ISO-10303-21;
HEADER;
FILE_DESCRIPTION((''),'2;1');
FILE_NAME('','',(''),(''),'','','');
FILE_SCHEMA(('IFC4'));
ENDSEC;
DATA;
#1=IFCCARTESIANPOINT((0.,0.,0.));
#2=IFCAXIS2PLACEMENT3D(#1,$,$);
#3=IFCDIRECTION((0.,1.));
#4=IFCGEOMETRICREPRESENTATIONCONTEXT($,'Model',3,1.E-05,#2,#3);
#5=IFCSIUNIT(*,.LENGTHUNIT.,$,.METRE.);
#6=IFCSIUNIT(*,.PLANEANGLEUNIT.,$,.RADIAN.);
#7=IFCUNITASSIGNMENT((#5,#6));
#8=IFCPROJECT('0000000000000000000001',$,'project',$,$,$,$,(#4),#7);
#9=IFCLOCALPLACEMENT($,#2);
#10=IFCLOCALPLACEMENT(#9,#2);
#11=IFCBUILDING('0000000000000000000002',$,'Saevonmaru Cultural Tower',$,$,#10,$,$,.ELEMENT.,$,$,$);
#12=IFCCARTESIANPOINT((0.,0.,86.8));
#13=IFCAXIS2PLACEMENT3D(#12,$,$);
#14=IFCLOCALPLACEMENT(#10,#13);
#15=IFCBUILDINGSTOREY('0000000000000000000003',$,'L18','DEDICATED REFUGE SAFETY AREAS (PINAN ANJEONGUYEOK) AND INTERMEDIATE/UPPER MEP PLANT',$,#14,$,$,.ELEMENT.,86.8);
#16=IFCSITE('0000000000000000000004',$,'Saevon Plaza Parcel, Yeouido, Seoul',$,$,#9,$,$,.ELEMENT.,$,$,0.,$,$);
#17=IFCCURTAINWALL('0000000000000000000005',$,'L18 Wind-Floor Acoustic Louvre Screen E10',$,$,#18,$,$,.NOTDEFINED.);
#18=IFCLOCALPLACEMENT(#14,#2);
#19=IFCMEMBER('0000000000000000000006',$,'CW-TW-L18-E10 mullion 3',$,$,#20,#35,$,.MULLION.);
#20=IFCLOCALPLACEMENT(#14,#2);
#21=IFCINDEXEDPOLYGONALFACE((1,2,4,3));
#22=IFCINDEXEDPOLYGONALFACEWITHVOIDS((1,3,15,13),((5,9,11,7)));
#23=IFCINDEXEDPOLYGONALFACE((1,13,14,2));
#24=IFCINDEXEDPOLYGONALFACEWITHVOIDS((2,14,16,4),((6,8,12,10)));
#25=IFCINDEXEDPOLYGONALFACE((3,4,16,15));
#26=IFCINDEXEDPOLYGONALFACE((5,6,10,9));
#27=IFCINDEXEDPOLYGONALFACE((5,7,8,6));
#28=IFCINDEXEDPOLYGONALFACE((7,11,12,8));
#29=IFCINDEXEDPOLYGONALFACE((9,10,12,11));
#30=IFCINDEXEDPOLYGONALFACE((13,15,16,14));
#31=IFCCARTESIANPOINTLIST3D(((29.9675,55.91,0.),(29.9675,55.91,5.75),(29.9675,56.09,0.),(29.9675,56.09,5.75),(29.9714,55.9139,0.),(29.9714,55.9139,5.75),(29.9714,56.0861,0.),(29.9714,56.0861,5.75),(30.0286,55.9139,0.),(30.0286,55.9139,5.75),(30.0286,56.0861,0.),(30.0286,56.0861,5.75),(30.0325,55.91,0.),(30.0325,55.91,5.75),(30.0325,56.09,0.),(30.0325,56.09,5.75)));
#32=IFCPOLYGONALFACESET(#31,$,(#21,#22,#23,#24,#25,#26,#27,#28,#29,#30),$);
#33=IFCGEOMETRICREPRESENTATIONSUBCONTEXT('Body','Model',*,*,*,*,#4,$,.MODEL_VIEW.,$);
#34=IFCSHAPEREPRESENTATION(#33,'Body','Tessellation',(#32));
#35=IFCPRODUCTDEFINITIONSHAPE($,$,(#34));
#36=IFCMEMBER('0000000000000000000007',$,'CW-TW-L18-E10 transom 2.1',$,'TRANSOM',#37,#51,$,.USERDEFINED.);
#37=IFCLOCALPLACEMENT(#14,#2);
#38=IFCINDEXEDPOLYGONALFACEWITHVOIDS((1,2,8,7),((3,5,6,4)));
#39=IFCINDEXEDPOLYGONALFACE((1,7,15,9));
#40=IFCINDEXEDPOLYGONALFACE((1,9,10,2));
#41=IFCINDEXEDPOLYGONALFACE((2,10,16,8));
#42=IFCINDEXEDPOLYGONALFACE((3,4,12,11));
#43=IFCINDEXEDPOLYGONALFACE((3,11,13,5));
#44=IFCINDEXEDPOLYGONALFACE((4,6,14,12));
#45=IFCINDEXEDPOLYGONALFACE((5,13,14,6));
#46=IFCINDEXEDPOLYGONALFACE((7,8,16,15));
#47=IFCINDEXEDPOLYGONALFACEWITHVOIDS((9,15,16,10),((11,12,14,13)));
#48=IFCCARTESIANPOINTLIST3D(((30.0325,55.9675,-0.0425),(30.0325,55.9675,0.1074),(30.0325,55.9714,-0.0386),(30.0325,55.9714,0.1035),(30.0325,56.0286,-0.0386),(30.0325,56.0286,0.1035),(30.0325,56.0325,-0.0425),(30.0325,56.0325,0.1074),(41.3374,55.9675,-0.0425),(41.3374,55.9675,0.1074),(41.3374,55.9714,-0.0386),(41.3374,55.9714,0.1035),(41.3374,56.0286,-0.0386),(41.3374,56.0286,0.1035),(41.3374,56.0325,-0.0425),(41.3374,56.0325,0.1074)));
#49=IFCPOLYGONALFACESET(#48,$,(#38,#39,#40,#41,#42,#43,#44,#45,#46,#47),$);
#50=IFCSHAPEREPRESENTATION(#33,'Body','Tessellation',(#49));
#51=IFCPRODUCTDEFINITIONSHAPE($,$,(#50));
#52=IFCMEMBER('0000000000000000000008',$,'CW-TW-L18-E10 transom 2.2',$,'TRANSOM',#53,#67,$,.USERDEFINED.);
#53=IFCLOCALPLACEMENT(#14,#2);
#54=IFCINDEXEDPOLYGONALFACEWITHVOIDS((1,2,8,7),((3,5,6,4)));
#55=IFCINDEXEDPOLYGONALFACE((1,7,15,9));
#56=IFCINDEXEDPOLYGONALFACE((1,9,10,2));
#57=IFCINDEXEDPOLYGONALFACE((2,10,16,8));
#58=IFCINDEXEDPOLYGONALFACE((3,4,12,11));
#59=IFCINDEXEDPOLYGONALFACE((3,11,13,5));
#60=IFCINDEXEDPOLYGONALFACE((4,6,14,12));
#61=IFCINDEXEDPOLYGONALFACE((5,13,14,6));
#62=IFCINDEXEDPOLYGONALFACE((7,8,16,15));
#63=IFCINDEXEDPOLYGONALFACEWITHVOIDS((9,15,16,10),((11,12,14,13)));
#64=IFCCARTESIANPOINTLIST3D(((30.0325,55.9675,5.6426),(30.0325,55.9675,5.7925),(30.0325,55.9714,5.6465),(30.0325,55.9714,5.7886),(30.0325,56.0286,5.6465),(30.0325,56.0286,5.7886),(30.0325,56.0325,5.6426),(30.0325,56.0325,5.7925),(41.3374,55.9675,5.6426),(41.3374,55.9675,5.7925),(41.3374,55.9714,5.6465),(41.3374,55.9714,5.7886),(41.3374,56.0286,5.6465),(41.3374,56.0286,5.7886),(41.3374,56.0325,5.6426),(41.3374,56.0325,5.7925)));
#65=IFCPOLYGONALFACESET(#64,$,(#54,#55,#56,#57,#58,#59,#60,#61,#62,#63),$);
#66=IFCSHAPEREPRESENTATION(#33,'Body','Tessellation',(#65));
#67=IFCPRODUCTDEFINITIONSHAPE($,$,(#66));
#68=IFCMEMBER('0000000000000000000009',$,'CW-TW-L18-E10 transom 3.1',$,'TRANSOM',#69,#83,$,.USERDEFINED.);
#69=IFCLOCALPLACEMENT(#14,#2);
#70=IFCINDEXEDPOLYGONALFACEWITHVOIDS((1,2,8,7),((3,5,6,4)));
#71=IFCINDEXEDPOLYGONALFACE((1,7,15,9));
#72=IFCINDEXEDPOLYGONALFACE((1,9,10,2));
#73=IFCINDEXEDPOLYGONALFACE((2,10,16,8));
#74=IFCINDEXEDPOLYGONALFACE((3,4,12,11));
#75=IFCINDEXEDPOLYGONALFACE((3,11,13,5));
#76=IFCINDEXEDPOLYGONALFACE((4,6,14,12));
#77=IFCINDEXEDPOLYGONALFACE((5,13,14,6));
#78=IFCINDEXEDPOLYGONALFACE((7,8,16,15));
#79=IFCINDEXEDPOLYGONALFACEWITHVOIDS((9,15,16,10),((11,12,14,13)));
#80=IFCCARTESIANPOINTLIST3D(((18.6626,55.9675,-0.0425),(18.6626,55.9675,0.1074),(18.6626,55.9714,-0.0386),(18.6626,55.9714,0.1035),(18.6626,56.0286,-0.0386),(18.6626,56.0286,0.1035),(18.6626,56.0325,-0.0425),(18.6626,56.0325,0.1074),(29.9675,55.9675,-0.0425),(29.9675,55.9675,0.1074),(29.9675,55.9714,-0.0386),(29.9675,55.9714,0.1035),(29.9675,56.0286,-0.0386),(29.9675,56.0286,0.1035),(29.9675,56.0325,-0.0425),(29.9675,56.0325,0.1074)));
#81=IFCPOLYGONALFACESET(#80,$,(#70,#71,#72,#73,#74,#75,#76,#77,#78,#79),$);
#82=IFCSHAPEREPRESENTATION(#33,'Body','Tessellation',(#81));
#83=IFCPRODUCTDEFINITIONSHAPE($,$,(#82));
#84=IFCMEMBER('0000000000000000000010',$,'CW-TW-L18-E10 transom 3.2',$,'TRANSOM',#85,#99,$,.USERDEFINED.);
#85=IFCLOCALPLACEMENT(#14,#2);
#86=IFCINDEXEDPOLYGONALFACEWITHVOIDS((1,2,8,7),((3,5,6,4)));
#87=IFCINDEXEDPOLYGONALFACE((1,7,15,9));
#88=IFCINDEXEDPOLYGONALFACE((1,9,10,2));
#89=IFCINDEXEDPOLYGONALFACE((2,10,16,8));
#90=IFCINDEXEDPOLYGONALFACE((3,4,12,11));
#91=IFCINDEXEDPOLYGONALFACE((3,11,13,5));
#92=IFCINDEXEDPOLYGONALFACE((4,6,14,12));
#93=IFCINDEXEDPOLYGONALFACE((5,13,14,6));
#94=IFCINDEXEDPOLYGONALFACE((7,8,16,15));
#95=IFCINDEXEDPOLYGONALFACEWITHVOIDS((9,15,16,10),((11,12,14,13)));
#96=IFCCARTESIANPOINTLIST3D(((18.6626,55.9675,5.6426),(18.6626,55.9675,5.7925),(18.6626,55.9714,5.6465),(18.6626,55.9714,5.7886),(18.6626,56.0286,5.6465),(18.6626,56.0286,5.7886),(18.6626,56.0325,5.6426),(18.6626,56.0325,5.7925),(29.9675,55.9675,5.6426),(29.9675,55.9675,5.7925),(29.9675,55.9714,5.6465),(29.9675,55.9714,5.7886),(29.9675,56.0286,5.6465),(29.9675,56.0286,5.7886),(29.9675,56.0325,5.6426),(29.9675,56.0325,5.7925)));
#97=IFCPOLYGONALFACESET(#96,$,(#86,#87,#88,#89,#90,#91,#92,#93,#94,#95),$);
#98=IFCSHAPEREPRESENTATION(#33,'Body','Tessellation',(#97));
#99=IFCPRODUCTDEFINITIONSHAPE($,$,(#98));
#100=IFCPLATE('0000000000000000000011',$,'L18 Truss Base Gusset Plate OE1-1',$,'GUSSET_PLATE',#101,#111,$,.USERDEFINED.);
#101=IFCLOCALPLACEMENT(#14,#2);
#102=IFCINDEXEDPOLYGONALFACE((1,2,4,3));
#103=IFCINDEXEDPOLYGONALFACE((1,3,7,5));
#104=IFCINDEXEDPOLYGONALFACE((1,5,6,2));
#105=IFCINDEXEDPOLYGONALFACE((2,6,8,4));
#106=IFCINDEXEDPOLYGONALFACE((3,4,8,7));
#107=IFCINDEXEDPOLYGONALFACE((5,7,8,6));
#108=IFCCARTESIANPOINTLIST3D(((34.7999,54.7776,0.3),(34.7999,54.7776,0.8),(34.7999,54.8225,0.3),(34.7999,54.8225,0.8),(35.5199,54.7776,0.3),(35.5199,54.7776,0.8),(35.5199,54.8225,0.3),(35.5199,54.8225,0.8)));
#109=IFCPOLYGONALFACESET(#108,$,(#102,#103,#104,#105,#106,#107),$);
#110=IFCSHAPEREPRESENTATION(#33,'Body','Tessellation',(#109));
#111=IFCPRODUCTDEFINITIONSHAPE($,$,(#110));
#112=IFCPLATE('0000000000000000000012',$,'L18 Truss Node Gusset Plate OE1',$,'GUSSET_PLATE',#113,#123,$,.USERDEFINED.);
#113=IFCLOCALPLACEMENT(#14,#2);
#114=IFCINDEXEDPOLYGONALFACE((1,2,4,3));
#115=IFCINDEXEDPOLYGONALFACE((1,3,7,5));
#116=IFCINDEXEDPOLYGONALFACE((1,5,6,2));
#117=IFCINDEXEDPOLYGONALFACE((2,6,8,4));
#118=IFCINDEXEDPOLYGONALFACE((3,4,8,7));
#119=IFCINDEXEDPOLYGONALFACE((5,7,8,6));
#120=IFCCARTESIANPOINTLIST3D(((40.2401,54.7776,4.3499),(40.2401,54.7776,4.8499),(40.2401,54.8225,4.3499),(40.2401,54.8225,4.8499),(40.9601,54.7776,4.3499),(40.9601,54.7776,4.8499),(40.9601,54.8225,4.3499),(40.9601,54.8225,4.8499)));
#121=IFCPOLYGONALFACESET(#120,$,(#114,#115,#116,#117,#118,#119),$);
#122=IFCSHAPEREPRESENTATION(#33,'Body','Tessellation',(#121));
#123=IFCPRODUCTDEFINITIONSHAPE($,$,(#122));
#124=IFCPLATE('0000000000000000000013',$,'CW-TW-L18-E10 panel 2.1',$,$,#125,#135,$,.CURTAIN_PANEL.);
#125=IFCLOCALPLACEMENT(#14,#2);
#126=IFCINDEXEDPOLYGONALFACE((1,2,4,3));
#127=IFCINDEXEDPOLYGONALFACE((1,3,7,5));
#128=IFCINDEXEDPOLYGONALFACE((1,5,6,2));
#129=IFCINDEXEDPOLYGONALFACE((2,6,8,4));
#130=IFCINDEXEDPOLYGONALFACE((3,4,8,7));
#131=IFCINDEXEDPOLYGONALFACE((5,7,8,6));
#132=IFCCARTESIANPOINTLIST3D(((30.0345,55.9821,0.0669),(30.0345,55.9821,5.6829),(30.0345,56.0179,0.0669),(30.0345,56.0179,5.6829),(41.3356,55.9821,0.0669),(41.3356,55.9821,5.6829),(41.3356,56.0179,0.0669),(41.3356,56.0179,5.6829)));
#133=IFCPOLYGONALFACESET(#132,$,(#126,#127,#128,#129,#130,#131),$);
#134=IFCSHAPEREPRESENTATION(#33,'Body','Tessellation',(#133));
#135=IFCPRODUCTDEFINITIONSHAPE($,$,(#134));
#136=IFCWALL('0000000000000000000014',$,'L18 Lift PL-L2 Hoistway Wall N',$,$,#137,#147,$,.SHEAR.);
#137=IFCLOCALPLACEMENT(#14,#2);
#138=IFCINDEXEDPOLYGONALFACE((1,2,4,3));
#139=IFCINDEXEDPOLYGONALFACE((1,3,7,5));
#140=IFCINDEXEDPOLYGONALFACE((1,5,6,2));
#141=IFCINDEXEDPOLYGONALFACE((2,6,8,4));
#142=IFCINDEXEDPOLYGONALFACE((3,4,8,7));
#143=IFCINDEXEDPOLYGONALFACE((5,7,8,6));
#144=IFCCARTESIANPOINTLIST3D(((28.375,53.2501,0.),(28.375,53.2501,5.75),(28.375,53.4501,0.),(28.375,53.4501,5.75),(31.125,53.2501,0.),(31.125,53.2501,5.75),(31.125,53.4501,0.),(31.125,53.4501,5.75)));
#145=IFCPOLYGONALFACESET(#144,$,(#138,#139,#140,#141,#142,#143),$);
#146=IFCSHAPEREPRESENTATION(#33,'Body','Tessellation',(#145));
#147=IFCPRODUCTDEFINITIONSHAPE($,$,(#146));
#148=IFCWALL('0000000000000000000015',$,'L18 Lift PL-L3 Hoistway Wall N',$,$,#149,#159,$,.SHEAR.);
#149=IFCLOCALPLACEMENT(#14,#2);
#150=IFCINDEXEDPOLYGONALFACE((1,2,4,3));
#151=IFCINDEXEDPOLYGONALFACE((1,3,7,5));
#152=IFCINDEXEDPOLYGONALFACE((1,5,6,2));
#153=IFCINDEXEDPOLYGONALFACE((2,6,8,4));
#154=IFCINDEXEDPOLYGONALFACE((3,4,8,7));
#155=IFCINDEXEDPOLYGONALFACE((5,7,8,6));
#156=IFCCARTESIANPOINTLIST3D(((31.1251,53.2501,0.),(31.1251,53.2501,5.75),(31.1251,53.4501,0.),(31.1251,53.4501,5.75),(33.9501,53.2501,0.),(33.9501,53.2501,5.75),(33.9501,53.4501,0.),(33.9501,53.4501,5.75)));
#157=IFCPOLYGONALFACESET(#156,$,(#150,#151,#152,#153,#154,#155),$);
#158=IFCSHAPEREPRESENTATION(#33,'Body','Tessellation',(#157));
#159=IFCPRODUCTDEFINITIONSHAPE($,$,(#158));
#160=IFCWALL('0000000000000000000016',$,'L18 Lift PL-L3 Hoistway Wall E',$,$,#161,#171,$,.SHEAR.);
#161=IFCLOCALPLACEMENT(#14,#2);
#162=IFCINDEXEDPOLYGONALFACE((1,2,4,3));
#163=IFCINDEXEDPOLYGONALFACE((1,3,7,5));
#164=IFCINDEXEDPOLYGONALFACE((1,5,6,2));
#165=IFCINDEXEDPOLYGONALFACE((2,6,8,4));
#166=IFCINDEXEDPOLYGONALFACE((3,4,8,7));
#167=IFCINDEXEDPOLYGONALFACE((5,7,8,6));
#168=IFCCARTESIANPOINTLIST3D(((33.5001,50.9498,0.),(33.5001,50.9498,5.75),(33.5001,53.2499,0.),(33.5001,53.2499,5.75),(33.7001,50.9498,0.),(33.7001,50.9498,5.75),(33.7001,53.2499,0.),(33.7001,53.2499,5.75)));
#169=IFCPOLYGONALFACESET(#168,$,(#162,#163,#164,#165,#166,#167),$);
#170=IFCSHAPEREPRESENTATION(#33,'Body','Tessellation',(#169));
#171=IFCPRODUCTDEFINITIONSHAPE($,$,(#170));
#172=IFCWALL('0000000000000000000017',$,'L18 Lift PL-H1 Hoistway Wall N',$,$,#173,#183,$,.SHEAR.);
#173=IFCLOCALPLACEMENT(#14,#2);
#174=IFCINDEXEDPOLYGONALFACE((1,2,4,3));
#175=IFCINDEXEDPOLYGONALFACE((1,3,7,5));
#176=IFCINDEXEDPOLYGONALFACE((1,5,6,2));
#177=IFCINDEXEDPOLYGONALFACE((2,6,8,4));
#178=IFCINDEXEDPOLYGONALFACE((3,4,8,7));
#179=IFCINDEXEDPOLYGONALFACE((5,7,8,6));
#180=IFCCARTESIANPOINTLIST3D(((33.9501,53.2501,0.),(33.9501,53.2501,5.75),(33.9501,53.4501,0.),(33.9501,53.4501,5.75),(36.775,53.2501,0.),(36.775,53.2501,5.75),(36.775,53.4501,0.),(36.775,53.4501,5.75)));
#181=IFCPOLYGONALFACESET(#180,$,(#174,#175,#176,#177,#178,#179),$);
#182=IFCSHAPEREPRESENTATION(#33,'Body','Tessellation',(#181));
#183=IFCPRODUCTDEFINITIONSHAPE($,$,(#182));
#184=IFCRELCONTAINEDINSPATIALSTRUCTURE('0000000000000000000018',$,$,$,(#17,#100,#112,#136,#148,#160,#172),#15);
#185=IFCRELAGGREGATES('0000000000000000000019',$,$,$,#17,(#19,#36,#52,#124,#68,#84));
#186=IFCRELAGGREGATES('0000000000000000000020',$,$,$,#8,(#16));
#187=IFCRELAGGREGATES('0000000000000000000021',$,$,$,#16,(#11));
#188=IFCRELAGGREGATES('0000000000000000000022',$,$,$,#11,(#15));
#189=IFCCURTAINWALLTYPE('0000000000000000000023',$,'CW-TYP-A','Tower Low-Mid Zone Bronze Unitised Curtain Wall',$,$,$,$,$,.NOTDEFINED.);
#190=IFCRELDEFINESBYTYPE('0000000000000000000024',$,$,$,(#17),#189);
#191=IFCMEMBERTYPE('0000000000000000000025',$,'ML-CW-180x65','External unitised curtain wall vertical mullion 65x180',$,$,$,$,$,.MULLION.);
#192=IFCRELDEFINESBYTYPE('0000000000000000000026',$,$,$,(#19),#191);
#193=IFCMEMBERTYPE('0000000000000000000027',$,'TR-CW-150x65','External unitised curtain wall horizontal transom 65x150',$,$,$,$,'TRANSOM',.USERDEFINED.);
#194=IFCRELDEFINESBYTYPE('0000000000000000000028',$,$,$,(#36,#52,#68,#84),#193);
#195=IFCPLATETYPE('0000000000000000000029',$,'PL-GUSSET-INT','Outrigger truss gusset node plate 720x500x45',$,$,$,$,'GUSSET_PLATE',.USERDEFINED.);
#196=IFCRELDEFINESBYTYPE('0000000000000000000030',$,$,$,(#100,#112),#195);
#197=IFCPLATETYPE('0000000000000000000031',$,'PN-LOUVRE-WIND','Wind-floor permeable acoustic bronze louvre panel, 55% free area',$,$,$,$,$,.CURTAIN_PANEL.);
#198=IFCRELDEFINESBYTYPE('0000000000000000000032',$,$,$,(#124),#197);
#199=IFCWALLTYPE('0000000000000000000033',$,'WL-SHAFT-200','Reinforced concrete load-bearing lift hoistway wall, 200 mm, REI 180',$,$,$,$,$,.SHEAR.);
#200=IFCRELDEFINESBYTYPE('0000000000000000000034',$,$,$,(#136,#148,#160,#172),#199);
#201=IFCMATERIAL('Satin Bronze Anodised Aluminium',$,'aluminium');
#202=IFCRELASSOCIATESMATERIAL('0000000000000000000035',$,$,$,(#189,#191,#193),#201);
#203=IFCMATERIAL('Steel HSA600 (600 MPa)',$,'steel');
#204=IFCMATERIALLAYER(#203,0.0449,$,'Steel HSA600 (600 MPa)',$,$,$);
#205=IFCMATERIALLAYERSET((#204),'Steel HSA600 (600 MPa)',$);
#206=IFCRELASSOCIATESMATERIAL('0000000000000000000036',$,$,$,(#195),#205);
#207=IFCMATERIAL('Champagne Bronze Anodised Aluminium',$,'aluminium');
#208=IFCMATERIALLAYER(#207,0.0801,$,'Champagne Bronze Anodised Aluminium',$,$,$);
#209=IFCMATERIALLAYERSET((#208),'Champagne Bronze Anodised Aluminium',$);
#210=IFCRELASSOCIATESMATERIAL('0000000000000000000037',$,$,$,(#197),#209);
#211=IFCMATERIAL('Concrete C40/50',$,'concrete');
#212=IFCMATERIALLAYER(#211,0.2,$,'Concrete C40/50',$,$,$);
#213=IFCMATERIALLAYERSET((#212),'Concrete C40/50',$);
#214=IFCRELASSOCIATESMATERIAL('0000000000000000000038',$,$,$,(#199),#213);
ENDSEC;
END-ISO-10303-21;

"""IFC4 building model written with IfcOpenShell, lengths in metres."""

from ifc_helpers import new_model, si_unit, direction, frame, frame_2d, origin, origin_2d, place, context, subcontext, project, spatial, rectangle, hollow_rectangle, extrude, material, layer, layer_set, material_profile, profile_set, type_object, element, aggregate, save


model = new_model("IFC4")

# Units and contexts
model_context = context("Model", 3, precision=1e-05, world=origin(), true_north=direction((0.0, 1.0)))
body_context = subcontext(model_context, "Body", "Model", "MODEL_VIEW")
ifc_project = project(units=[si_unit("LENGTHUNIT", "METRE"), si_unit("PLANEANGLEUNIT", "RADIAN")], contexts=[model_context])

# Site, building, storey
site_placement = place(None, origin())
site = spatial("IfcSite", under=ifc_project, at=site_placement, Name="Saevon Plaza Parcel, Yeouido, Seoul", CompositionType="ELEMENT", RefElevation=0.0)
building_placement = place(site_placement, origin())
building = spatial("IfcBuilding", under=site, at=building_placement, Name="Saevonmaru Cultural Tower", CompositionType="ELEMENT")
storey_placement = place(building_placement, frame((0.0, 0.0, 86.8)))
storey = spatial("IfcBuildingStorey", under=building, at=storey_placement, Name="L18", Description="DEDICATED REFUGE SAFETY AREAS (PINAN ANJEONGUYEOK) AND INTERMEDIATE/UPPER MEP PLANT", CompositionType="ELEMENT", Elevation=86.8)

# Shared definitions
ifc_material_1 = material(Name="Steel HSA600 (600 MPa)", Category="steel")

# Curtain wall, members
ifc_material_2 = material(Name="Satin Bronze Anodised Aluminium", Category="aluminium")
curtain_wall_type = type_object("IfcCurtainWallType", Name="CW-TYP-A", Description="Tower Low-Mid Zone Bronze Unitised Curtain Wall", PredefinedType="NOTDEFINED", material=ifc_material_2)
curtain_wall_placement = place(storey_placement, origin())
curtain_wall = element("IfcCurtainWall", 1, at=curtain_wall_placement, inside=storey, type_object=curtain_wall_type, Name="L18 Wind-Floor Acoustic Louvre Screen E10", PredefinedType="NOTDEFINED")
ifc_material_profile_1 = material_profile(ifc_material_2, hollow_rectangle(XDim=0.0649, YDim=0.1799, WallThickness=0.0039, at=origin_2d()), Name="ALU-MULL-180x65x4")
ifc_profile_set_1 = profile_set([ifc_material_profile_1], Name="Satin Bronze Anodised Aluminium")
member_type_1 = type_object("IfcMemberType", Name="ML-CW-180x65", Description="External unitised curtain wall vertical mullion 65x180", PredefinedType="MULLION", material=ifc_profile_set_1)
member_1_placement = place(storey_placement, frame((30.0, 56.0, 0.0), z_axis=(0.0, 0.0, 1.0), x_axis=(-1.0, 0.0, 0.0)))
member_1 = element("IfcMember", 2, at=member_1_placement, type_object=member_type_1, Name="CW-TW-L18-E10 mullion 3", PredefinedType="MULLION", context=body_context, shape_type="SweptSolid", body=[
    extrude(hollow_rectangle(XDim=0.0649, YDim=0.1799, WallThickness=0.0039, at=origin_2d()), origin(), (0.0, 0.0, 1.0), 5.75),
])
ifc_material_profile_2 = material_profile(ifc_material_2, hollow_rectangle(XDim=0.0649, YDim=0.1499, WallThickness=0.0039, at=origin_2d()), Name="ALU-TRAN-150x65x4")
ifc_profile_set_2 = profile_set([ifc_material_profile_2], Name="Satin Bronze Anodised Aluminium")
member_type_2 = type_object("IfcMemberType", Name="TR-CW-150x65", Description="External unitised curtain wall horizontal transom 65x150", ElementType="TRANSOM", PredefinedType="USERDEFINED", material=ifc_profile_set_2)
member_2_placement = place(storey_placement, frame((41.3374, 56.0, 0.0325), z_axis=(-1.0, 0.0, 0.0), x_axis=(0.0, -1.0, 0.0)))
member_2 = element("IfcMember", 3, at=member_2_placement, type_object=member_type_2, Name="CW-TW-L18-E10 transom 2.1", ObjectType="TRANSOM", PredefinedType="USERDEFINED", context=body_context, shape_type="SweptSolid", body=[
    extrude(hollow_rectangle(XDim=0.0649, YDim=0.1499, WallThickness=0.0039, at=origin_2d()), origin(), (0.0, 0.0, 1.0), 11.3049),
])
member_3_placement = place(storey_placement, frame((41.3374, 56.0, 5.7175), z_axis=(-1.0, 0.0, 0.0), x_axis=(0.0, -1.0, 0.0)))
member_3 = element("IfcMember", 4, at=member_3_placement, type_object=member_type_2, Name="CW-TW-L18-E10 transom 2.2", ObjectType="TRANSOM", PredefinedType="USERDEFINED", context=body_context, shape_type="SweptSolid", body=[
    extrude(hollow_rectangle(XDim=0.0649, YDim=0.1499, WallThickness=0.0039, at=origin_2d()), origin(), (0.0, 0.0, 1.0), 11.3049),
])
member_4_placement = place(storey_placement, frame((29.9675, 56.0, 0.0325), z_axis=(-1.0, 0.0, 0.0), x_axis=(0.0, -1.0, 0.0)))
member_4 = element("IfcMember", 5, at=member_4_placement, type_object=member_type_2, Name="CW-TW-L18-E10 transom 3.1", ObjectType="TRANSOM", PredefinedType="USERDEFINED", context=body_context, shape_type="SweptSolid", body=[
    extrude(hollow_rectangle(XDim=0.0649, YDim=0.1499, WallThickness=0.0039, at=origin_2d()), origin(), (0.0, 0.0, 1.0), 11.3049),
])
member_5_placement = place(storey_placement, frame((29.9675, 56.0, 5.7175), z_axis=(-1.0, 0.0, 0.0), x_axis=(0.0, -1.0, 0.0)))
member_5 = element("IfcMember", 6, at=member_5_placement, type_object=member_type_2, Name="CW-TW-L18-E10 transom 3.2", ObjectType="TRANSOM", PredefinedType="USERDEFINED", context=body_context, shape_type="SweptSolid", body=[
    extrude(hollow_rectangle(XDim=0.0649, YDim=0.1499, WallThickness=0.0039, at=origin_2d()), origin(), (0.0, 0.0, 1.0), 11.3049),
])

# Plates
ifc_layer_1 = layer(ifc_material_1, 0.0449, Name="Steel HSA600 (600 MPa)")
ifc_layer_set_1 = layer_set([ifc_layer_1], Name="Steel HSA600 (600 MPa)")
plate_type_1 = type_object("IfcPlateType", Name="PL-GUSSET-INT", Description="Outrigger truss gusset node plate 720x500x45", ElementType="GUSSET_PLATE", PredefinedType="USERDEFINED", material=ifc_layer_set_1)
for number, where, z_axis, x_axis, name in (
    (7, (35.1599, 54.8, 0.3), (0.0, 0.0, 1.0), (1.0, 0.0, 0.0), "L18 Truss Base Gusset Plate OE1-1"),
    (8, (40.6001, 54.8, 4.3499), (0.0, 0.0, 1.0), (1.0, 0.0, 0.0), "L18 Truss Node Gusset Plate OE1"),
):
    element("IfcPlate", number, at=place(storey_placement, frame(where, z_axis=z_axis, x_axis=x_axis)), inside=storey, type_object=plate_type_1, Name=name, ObjectType="GUSSET_PLATE", PredefinedType="USERDEFINED", context=body_context, shape_type="SweptSolid", body=[
        extrude(rectangle(XDim=0.72, YDim=0.0449, at=origin_2d()), origin(), (0.0, 0.0, 1.0), 0.5),
    ])

# Plate
ifc_material_3 = material(Name="Champagne Bronze Anodised Aluminium", Category="aluminium")
ifc_layer_2 = layer(ifc_material_3, 0.0801, Name="Champagne Bronze Anodised Aluminium")
ifc_layer_set_2 = layer_set([ifc_layer_2], Name="Champagne Bronze Anodised Aluminium")
plate_type_2 = type_object("IfcPlateType", Name="PN-LOUVRE-WIND", Description="Wind-floor permeable acoustic bronze louvre panel, 55% free area", PredefinedType="CURTAIN_PANEL", material=ifc_layer_set_2)
plate_placement = place(storey_placement, frame((35.6851, 56.0, 0.0669), z_axis=(0.0, 0.0, 1.0), x_axis=(-1.0, 0.0, 0.0)))
plate = element("IfcPlate", 9, at=plate_placement, type_object=plate_type_2, Name="CW-TW-L18-E10 panel 2.1", PredefinedType="CURTAIN_PANEL", context=body_context, shape_type="SweptSolid", body=[
    extrude(rectangle(XDim=11.301, YDim=0.0359, at=origin_2d()), origin(), (0.0, 0.0, 1.0), 5.616),
])
aggregate(curtain_wall, [member_1, member_2, member_3, plate, member_4, member_5])

# Walls
ifc_material_4 = material(Name="Concrete C40/50", Category="concrete")
ifc_layer_3 = layer(ifc_material_4, 0.2, Name="Concrete C40/50")
ifc_layer_set_3 = layer_set([ifc_layer_3], Name="Concrete C40/50")
wall_type = type_object("IfcWallType", Name="WL-SHAFT-200", Description="Reinforced concrete load-bearing lift hoistway wall, 200 mm, REI 180", PredefinedType="SHEAR", material=ifc_layer_set_3)
wall_1_placement = place(storey_placement, frame((28.375, 53.3501, 0.0), z_axis=(0.0, 0.0, 1.0), x_axis=(1.0, 0.0, 0.0)))
element("IfcWall", 10, at=wall_1_placement, inside=storey, type_object=wall_type, Name="L18 Lift PL-L2 Hoistway Wall N", PredefinedType="SHEAR", context=body_context, shape_type="SweptSolid", body=[
    extrude(rectangle(XDim=2.75, YDim=0.2, at=frame_2d((1.375, 0.0))), origin(), (0.0, 0.0, 1.0), 5.75),
])
wall_2_placement = place(storey_placement, frame((31.125, 53.3501, 0.0), z_axis=(0.0, 0.0, 1.0), x_axis=(1.0, 0.0, 0.0)))
element("IfcWall", 11, at=wall_2_placement, inside=storey, type_object=wall_type, Name="L18 Lift PL-L3 Hoistway Wall N", PredefinedType="SHEAR", context=body_context, shape_type="SweptSolid", body=[
    extrude(rectangle(XDim=2.825, YDim=0.2, at=frame_2d((1.4126, 0.0))), origin(), (0.0, 0.0, 1.0), 5.75),
])
wall_3_placement = place(storey_placement, frame((33.6001, 50.95, 0.0), z_axis=(0.0, 0.0, 1.0), x_axis=(0.0, 1.0, 0.0)))
element("IfcWall", 12, at=wall_3_placement, inside=storey, type_object=wall_type, Name="L18 Lift PL-L3 Hoistway Wall E", PredefinedType="SHEAR", context=body_context, shape_type="SweptSolid", body=[
    extrude(rectangle(XDim=2.3, YDim=0.2, at=frame_2d((1.1499, 0.0))), origin(), (0.0, 0.0, 1.0), 5.75),
])
wall_4_placement = place(storey_placement, frame((33.95, 53.3501, 0.0), z_axis=(0.0, 0.0, 1.0), x_axis=(1.0, 0.0, 0.0)))
element("IfcWall", 13, at=wall_4_placement, inside=storey, type_object=wall_type, Name="L18 Lift PL-H1 Hoistway Wall N", PredefinedType="SHEAR", context=body_context, shape_type="SweptSolid", body=[
    extrude(rectangle(XDim=2.825, YDim=0.2, at=frame_2d((1.4126, 0.0))), origin(), (0.0, 0.0, 1.0), 5.75),
])

save(model, "model.ifc")
